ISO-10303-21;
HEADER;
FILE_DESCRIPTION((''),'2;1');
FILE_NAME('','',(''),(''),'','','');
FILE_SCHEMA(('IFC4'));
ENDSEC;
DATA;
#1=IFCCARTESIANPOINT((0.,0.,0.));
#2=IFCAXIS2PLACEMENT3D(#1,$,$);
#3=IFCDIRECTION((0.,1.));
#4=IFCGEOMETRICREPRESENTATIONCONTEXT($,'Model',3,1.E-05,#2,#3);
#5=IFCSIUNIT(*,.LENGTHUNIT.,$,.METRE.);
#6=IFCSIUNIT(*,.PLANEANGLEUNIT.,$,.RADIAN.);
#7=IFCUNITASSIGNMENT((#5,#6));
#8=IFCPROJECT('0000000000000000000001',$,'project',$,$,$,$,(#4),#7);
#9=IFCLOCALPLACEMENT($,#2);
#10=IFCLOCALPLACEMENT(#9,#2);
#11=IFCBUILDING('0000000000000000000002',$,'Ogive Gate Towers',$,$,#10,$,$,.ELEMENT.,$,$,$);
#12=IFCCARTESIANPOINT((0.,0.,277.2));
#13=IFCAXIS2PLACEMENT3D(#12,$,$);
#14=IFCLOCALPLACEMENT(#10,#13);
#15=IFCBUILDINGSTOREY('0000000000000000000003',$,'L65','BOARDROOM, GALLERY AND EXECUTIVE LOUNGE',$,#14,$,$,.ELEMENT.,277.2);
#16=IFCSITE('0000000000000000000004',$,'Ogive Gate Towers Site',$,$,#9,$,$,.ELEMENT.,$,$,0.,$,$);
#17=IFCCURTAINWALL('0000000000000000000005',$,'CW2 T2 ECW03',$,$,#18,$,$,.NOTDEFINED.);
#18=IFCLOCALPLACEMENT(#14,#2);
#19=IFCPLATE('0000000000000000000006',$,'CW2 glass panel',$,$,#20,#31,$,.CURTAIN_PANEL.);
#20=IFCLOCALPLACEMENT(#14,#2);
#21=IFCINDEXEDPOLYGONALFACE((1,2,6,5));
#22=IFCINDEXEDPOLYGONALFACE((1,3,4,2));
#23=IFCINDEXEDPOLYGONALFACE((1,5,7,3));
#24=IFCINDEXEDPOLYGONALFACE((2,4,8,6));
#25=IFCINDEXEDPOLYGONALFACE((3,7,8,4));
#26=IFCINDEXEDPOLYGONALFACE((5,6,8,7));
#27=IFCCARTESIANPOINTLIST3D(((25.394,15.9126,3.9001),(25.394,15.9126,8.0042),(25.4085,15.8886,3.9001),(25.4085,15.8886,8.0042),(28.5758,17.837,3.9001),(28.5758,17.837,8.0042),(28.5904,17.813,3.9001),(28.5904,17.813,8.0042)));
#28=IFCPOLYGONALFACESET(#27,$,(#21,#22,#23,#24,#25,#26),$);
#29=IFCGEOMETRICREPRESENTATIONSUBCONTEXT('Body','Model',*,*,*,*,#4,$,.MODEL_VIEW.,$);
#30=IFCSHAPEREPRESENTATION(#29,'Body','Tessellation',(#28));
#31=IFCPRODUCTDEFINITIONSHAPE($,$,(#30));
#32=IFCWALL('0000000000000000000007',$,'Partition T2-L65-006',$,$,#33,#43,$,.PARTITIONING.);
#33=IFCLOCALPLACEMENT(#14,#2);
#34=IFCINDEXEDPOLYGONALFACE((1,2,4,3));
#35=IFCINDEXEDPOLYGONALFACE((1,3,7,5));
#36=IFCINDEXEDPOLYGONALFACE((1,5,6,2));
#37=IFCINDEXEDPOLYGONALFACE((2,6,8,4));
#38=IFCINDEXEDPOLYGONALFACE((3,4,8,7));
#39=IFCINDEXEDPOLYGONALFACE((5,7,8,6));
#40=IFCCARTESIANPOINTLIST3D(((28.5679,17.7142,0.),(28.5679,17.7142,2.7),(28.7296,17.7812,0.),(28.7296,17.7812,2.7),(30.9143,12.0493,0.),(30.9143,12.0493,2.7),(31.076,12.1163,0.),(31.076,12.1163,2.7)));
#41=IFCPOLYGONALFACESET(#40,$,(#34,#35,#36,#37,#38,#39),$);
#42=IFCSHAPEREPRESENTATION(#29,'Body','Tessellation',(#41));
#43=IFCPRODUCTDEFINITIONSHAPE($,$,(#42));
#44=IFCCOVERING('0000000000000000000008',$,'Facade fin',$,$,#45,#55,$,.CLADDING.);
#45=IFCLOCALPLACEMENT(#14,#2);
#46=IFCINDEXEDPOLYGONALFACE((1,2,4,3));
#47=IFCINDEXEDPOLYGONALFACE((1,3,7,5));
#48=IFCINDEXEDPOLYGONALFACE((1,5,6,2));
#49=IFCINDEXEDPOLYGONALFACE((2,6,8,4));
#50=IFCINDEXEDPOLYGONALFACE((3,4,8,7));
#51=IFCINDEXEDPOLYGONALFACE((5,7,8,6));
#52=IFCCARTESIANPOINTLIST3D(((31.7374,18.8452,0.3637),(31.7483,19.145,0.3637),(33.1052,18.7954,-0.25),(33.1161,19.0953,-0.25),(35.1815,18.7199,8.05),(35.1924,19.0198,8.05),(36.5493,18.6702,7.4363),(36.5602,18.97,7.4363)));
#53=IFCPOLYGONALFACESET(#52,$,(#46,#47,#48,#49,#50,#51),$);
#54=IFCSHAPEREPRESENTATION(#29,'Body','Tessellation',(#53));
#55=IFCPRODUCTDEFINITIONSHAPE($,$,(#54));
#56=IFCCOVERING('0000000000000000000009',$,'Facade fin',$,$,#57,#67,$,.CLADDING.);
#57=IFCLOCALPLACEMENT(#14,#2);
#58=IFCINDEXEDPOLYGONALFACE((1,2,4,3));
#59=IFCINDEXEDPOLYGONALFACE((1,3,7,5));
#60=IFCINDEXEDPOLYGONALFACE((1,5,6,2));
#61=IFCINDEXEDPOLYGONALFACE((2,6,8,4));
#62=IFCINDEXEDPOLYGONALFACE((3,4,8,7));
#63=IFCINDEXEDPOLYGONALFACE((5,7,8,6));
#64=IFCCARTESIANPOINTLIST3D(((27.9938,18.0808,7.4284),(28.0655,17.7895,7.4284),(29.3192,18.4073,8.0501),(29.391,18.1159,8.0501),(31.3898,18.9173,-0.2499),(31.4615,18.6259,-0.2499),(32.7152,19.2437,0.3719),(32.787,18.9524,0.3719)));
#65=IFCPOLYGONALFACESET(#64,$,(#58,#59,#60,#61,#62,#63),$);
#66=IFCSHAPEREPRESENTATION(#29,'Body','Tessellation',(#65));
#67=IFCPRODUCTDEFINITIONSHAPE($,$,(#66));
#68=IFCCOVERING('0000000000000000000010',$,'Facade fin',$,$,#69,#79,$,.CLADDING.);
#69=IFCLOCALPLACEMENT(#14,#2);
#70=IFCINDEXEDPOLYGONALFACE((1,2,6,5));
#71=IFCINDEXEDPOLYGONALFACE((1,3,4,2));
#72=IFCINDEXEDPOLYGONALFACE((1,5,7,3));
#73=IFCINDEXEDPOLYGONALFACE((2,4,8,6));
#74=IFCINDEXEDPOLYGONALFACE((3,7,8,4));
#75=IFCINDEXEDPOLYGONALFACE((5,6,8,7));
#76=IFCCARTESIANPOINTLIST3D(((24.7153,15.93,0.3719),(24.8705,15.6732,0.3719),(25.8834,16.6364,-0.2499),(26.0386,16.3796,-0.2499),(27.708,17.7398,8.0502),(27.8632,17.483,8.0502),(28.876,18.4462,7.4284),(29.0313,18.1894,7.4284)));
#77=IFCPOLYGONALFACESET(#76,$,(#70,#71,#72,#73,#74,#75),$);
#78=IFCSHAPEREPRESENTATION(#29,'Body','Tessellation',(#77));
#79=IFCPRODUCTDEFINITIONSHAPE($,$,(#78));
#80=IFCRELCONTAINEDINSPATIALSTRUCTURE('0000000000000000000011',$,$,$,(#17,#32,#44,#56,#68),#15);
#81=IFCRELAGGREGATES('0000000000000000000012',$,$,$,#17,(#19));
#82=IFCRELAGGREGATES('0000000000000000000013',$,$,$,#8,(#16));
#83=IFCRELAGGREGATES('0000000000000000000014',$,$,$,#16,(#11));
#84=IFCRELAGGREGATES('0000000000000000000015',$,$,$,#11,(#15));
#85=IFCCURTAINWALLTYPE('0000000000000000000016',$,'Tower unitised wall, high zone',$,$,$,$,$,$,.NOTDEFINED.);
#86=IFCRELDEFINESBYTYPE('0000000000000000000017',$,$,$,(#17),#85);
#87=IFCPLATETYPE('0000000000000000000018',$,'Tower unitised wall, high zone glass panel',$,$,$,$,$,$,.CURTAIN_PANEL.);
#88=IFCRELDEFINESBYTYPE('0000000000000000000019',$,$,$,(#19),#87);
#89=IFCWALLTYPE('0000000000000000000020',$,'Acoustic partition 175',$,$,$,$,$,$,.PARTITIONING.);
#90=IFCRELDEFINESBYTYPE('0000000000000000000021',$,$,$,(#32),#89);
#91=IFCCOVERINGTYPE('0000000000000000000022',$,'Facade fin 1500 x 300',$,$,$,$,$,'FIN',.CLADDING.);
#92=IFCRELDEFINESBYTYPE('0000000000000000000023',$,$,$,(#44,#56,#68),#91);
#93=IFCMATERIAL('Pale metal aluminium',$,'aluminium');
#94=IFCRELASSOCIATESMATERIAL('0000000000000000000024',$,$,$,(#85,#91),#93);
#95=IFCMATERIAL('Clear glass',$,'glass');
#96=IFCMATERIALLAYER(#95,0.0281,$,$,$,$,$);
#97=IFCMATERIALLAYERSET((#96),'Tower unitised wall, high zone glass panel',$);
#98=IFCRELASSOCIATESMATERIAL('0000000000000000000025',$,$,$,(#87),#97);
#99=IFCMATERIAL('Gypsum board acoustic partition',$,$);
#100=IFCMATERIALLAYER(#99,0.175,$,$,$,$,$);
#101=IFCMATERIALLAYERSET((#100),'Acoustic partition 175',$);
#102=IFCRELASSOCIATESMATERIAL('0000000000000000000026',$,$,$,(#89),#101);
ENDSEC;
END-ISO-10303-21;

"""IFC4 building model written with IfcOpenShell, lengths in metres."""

from ifc_helpers import new_model, si_unit, direction, frame, frame_2d, origin, origin_2d, place, context, subcontext, project, spatial, rectangle, extrude, material, layer, layer_set, material_profile, profile_set, type_object, element, aggregate, save


model = new_model("IFC4")

# Units and contexts
model_context = context("Model", 3, precision=1e-05, world=origin(), true_north=direction((0.0, 1.0)))
body_context = subcontext(model_context, "Body", "Model", "MODEL_VIEW")
ifc_project = project(units=[si_unit("LENGTHUNIT", "METRE"), si_unit("PLANEANGLEUNIT", "RADIAN")], contexts=[model_context])

# Site, building, storey
site_placement = place(None, origin())
site = spatial("IfcSite", under=ifc_project, at=site_placement, Name="Ogive Gate Towers Site", CompositionType="ELEMENT", RefElevation=0.0)
building_placement = place(site_placement, origin())
building = spatial("IfcBuilding", under=site, at=building_placement, Name="Ogive Gate Towers", CompositionType="ELEMENT")
storey_placement = place(building_placement, frame((0.0, 0.0, 277.2)))
storey = spatial("IfcBuildingStorey", under=building, at=storey_placement, Name="L65", Description="BOARDROOM, GALLERY AND EXECUTIVE LOUNGE", CompositionType="ELEMENT", Elevation=277.2)

# Curtain wall, plate
ifc_material_1 = material(Name="Pale metal aluminium", Category="aluminium")
curtain_wall_type = type_object("IfcCurtainWallType", Name="Tower unitised wall, high zone", PredefinedType="NOTDEFINED", material=ifc_material_1)
curtain_wall_placement = place(storey_placement, origin())
curtain_wall = element("IfcCurtainWall", 1, at=curtain_wall_placement, inside=storey, type_object=curtain_wall_type, Name="CW2 T2 ECW03", PredefinedType="NOTDEFINED")
ifc_material_2 = material(Name="Clear glass", Category="glass")
ifc_layer_1 = layer(ifc_material_2, 0.0281)
ifc_layer_set_1 = layer_set([ifc_layer_1], Name="Tower unitised wall, high zone glass panel")
plate_type = type_object("IfcPlateType", Name="Tower unitised wall, high zone glass panel", PredefinedType="CURTAIN_PANEL", material=ifc_layer_set_1)
plate_1_placement = place(storey_placement, frame((26.9922, 16.8628, 3.9001), z_axis=(0.0, 0.0, 1.0), x_axis=(-0.855672, -0.517519, 0.0)))
plate_1 = element("IfcPlate", 2, at=plate_1_placement, type_object=plate_type, Name="CW2 glass panel", PredefinedType="CURTAIN_PANEL", context=body_context, shape_type="SweptSolid", body=[
    extrude(rectangle(XDim=3.7185, YDim=0.0281, at=origin_2d()), origin(), (0.0, 0.0, 1.0), 4.104),
])
aggregate(curtain_wall, [plate_1])

# Wall
ifc_material_3 = material(Name="Gypsum board acoustic partition")
ifc_layer_2 = layer(ifc_material_3, 0.175)
ifc_layer_set_2 = layer_set([ifc_layer_2], Name="Acoustic partition 175")
wall_type = type_object("IfcWallType", Name="Acoustic partition 175", PredefinedType="PARTITIONING", material=ifc_layer_set_2)
wall_placement = place(storey_placement, frame((28.6487, 17.7478, 0.0), z_axis=(0.0, 0.0, 1.0), x_axis=(0.382684, -0.923879, 0.0)))
element("IfcWall", 3, at=wall_placement, inside=storey, type_object=wall_type, Name="Partition T2-L65-006", PredefinedType="PARTITIONING", context=body_context, shape_type="SweptSolid", body=[
    extrude(rectangle(XDim=6.1316, YDim=0.175, at=frame_2d((3.0659, 0.0))), origin(), (0.0, 0.0, 1.0), 2.7),
])

# Coverings
ifc_material_profile_1 = material_profile(ifc_material_1, rectangle(XDim=0.3, YDim=1.5, at=origin_2d()), Name="1500 x 300 pale metal aluminium")
ifc_profile_set_1 = profile_set([ifc_material_profile_1], Name="Pale metal aluminium")
covering_type = type_object("IfcCoveringType", Name="Facade fin 1500 x 300", ElementType="FIN", PredefinedType="CLADDING", material=ifc_profile_set_1)
covering_placement = place(storey_placement, frame((32.4268, 18.9702, 0.0569), z_axis=(0.408864, -0.014868, 0.912474), x_axis=(0.036341, 0.999339, 0.0)))
element("IfcCovering", 4, at=covering_placement, inside=storey, type_object=covering_type, Name="Facade fin", PredefinedType="CLADDING", context=body_context, shape_type="SweptSolid", body=[
    extrude(rectangle(XDim=0.3, YDim=1.5, at=origin_2d()), origin(), (0.0, 0.0, 1.0), 8.4236),
])
for number, where, z_axis, x_axis, name in (
    (5, (32.0884, 18.9348, 0.061), (-0.402499, -0.099135, 0.910037), (0.239151, -0.970982, 0.0), "Facade fin"),
    (6, (25.377, 16.1548, 0.061), (0.354699, 0.214504, 0.910042), (-0.51748, 0.855695, 0.0), "Facade fin"),
):
    element("IfcCovering", number, at=place(storey_placement, frame(where, z_axis=z_axis, x_axis=x_axis)), inside=storey, type_object=covering_type, Name=name, PredefinedType="CLADDING", context=body_context, shape_type="SweptSolid", body=[
        extrude(rectangle(XDim=0.3, YDim=1.5, at=origin_2d()), origin(), (0.0, 0.0, 1.0), 8.4373),
    ])

save(model, "model.ifc")
